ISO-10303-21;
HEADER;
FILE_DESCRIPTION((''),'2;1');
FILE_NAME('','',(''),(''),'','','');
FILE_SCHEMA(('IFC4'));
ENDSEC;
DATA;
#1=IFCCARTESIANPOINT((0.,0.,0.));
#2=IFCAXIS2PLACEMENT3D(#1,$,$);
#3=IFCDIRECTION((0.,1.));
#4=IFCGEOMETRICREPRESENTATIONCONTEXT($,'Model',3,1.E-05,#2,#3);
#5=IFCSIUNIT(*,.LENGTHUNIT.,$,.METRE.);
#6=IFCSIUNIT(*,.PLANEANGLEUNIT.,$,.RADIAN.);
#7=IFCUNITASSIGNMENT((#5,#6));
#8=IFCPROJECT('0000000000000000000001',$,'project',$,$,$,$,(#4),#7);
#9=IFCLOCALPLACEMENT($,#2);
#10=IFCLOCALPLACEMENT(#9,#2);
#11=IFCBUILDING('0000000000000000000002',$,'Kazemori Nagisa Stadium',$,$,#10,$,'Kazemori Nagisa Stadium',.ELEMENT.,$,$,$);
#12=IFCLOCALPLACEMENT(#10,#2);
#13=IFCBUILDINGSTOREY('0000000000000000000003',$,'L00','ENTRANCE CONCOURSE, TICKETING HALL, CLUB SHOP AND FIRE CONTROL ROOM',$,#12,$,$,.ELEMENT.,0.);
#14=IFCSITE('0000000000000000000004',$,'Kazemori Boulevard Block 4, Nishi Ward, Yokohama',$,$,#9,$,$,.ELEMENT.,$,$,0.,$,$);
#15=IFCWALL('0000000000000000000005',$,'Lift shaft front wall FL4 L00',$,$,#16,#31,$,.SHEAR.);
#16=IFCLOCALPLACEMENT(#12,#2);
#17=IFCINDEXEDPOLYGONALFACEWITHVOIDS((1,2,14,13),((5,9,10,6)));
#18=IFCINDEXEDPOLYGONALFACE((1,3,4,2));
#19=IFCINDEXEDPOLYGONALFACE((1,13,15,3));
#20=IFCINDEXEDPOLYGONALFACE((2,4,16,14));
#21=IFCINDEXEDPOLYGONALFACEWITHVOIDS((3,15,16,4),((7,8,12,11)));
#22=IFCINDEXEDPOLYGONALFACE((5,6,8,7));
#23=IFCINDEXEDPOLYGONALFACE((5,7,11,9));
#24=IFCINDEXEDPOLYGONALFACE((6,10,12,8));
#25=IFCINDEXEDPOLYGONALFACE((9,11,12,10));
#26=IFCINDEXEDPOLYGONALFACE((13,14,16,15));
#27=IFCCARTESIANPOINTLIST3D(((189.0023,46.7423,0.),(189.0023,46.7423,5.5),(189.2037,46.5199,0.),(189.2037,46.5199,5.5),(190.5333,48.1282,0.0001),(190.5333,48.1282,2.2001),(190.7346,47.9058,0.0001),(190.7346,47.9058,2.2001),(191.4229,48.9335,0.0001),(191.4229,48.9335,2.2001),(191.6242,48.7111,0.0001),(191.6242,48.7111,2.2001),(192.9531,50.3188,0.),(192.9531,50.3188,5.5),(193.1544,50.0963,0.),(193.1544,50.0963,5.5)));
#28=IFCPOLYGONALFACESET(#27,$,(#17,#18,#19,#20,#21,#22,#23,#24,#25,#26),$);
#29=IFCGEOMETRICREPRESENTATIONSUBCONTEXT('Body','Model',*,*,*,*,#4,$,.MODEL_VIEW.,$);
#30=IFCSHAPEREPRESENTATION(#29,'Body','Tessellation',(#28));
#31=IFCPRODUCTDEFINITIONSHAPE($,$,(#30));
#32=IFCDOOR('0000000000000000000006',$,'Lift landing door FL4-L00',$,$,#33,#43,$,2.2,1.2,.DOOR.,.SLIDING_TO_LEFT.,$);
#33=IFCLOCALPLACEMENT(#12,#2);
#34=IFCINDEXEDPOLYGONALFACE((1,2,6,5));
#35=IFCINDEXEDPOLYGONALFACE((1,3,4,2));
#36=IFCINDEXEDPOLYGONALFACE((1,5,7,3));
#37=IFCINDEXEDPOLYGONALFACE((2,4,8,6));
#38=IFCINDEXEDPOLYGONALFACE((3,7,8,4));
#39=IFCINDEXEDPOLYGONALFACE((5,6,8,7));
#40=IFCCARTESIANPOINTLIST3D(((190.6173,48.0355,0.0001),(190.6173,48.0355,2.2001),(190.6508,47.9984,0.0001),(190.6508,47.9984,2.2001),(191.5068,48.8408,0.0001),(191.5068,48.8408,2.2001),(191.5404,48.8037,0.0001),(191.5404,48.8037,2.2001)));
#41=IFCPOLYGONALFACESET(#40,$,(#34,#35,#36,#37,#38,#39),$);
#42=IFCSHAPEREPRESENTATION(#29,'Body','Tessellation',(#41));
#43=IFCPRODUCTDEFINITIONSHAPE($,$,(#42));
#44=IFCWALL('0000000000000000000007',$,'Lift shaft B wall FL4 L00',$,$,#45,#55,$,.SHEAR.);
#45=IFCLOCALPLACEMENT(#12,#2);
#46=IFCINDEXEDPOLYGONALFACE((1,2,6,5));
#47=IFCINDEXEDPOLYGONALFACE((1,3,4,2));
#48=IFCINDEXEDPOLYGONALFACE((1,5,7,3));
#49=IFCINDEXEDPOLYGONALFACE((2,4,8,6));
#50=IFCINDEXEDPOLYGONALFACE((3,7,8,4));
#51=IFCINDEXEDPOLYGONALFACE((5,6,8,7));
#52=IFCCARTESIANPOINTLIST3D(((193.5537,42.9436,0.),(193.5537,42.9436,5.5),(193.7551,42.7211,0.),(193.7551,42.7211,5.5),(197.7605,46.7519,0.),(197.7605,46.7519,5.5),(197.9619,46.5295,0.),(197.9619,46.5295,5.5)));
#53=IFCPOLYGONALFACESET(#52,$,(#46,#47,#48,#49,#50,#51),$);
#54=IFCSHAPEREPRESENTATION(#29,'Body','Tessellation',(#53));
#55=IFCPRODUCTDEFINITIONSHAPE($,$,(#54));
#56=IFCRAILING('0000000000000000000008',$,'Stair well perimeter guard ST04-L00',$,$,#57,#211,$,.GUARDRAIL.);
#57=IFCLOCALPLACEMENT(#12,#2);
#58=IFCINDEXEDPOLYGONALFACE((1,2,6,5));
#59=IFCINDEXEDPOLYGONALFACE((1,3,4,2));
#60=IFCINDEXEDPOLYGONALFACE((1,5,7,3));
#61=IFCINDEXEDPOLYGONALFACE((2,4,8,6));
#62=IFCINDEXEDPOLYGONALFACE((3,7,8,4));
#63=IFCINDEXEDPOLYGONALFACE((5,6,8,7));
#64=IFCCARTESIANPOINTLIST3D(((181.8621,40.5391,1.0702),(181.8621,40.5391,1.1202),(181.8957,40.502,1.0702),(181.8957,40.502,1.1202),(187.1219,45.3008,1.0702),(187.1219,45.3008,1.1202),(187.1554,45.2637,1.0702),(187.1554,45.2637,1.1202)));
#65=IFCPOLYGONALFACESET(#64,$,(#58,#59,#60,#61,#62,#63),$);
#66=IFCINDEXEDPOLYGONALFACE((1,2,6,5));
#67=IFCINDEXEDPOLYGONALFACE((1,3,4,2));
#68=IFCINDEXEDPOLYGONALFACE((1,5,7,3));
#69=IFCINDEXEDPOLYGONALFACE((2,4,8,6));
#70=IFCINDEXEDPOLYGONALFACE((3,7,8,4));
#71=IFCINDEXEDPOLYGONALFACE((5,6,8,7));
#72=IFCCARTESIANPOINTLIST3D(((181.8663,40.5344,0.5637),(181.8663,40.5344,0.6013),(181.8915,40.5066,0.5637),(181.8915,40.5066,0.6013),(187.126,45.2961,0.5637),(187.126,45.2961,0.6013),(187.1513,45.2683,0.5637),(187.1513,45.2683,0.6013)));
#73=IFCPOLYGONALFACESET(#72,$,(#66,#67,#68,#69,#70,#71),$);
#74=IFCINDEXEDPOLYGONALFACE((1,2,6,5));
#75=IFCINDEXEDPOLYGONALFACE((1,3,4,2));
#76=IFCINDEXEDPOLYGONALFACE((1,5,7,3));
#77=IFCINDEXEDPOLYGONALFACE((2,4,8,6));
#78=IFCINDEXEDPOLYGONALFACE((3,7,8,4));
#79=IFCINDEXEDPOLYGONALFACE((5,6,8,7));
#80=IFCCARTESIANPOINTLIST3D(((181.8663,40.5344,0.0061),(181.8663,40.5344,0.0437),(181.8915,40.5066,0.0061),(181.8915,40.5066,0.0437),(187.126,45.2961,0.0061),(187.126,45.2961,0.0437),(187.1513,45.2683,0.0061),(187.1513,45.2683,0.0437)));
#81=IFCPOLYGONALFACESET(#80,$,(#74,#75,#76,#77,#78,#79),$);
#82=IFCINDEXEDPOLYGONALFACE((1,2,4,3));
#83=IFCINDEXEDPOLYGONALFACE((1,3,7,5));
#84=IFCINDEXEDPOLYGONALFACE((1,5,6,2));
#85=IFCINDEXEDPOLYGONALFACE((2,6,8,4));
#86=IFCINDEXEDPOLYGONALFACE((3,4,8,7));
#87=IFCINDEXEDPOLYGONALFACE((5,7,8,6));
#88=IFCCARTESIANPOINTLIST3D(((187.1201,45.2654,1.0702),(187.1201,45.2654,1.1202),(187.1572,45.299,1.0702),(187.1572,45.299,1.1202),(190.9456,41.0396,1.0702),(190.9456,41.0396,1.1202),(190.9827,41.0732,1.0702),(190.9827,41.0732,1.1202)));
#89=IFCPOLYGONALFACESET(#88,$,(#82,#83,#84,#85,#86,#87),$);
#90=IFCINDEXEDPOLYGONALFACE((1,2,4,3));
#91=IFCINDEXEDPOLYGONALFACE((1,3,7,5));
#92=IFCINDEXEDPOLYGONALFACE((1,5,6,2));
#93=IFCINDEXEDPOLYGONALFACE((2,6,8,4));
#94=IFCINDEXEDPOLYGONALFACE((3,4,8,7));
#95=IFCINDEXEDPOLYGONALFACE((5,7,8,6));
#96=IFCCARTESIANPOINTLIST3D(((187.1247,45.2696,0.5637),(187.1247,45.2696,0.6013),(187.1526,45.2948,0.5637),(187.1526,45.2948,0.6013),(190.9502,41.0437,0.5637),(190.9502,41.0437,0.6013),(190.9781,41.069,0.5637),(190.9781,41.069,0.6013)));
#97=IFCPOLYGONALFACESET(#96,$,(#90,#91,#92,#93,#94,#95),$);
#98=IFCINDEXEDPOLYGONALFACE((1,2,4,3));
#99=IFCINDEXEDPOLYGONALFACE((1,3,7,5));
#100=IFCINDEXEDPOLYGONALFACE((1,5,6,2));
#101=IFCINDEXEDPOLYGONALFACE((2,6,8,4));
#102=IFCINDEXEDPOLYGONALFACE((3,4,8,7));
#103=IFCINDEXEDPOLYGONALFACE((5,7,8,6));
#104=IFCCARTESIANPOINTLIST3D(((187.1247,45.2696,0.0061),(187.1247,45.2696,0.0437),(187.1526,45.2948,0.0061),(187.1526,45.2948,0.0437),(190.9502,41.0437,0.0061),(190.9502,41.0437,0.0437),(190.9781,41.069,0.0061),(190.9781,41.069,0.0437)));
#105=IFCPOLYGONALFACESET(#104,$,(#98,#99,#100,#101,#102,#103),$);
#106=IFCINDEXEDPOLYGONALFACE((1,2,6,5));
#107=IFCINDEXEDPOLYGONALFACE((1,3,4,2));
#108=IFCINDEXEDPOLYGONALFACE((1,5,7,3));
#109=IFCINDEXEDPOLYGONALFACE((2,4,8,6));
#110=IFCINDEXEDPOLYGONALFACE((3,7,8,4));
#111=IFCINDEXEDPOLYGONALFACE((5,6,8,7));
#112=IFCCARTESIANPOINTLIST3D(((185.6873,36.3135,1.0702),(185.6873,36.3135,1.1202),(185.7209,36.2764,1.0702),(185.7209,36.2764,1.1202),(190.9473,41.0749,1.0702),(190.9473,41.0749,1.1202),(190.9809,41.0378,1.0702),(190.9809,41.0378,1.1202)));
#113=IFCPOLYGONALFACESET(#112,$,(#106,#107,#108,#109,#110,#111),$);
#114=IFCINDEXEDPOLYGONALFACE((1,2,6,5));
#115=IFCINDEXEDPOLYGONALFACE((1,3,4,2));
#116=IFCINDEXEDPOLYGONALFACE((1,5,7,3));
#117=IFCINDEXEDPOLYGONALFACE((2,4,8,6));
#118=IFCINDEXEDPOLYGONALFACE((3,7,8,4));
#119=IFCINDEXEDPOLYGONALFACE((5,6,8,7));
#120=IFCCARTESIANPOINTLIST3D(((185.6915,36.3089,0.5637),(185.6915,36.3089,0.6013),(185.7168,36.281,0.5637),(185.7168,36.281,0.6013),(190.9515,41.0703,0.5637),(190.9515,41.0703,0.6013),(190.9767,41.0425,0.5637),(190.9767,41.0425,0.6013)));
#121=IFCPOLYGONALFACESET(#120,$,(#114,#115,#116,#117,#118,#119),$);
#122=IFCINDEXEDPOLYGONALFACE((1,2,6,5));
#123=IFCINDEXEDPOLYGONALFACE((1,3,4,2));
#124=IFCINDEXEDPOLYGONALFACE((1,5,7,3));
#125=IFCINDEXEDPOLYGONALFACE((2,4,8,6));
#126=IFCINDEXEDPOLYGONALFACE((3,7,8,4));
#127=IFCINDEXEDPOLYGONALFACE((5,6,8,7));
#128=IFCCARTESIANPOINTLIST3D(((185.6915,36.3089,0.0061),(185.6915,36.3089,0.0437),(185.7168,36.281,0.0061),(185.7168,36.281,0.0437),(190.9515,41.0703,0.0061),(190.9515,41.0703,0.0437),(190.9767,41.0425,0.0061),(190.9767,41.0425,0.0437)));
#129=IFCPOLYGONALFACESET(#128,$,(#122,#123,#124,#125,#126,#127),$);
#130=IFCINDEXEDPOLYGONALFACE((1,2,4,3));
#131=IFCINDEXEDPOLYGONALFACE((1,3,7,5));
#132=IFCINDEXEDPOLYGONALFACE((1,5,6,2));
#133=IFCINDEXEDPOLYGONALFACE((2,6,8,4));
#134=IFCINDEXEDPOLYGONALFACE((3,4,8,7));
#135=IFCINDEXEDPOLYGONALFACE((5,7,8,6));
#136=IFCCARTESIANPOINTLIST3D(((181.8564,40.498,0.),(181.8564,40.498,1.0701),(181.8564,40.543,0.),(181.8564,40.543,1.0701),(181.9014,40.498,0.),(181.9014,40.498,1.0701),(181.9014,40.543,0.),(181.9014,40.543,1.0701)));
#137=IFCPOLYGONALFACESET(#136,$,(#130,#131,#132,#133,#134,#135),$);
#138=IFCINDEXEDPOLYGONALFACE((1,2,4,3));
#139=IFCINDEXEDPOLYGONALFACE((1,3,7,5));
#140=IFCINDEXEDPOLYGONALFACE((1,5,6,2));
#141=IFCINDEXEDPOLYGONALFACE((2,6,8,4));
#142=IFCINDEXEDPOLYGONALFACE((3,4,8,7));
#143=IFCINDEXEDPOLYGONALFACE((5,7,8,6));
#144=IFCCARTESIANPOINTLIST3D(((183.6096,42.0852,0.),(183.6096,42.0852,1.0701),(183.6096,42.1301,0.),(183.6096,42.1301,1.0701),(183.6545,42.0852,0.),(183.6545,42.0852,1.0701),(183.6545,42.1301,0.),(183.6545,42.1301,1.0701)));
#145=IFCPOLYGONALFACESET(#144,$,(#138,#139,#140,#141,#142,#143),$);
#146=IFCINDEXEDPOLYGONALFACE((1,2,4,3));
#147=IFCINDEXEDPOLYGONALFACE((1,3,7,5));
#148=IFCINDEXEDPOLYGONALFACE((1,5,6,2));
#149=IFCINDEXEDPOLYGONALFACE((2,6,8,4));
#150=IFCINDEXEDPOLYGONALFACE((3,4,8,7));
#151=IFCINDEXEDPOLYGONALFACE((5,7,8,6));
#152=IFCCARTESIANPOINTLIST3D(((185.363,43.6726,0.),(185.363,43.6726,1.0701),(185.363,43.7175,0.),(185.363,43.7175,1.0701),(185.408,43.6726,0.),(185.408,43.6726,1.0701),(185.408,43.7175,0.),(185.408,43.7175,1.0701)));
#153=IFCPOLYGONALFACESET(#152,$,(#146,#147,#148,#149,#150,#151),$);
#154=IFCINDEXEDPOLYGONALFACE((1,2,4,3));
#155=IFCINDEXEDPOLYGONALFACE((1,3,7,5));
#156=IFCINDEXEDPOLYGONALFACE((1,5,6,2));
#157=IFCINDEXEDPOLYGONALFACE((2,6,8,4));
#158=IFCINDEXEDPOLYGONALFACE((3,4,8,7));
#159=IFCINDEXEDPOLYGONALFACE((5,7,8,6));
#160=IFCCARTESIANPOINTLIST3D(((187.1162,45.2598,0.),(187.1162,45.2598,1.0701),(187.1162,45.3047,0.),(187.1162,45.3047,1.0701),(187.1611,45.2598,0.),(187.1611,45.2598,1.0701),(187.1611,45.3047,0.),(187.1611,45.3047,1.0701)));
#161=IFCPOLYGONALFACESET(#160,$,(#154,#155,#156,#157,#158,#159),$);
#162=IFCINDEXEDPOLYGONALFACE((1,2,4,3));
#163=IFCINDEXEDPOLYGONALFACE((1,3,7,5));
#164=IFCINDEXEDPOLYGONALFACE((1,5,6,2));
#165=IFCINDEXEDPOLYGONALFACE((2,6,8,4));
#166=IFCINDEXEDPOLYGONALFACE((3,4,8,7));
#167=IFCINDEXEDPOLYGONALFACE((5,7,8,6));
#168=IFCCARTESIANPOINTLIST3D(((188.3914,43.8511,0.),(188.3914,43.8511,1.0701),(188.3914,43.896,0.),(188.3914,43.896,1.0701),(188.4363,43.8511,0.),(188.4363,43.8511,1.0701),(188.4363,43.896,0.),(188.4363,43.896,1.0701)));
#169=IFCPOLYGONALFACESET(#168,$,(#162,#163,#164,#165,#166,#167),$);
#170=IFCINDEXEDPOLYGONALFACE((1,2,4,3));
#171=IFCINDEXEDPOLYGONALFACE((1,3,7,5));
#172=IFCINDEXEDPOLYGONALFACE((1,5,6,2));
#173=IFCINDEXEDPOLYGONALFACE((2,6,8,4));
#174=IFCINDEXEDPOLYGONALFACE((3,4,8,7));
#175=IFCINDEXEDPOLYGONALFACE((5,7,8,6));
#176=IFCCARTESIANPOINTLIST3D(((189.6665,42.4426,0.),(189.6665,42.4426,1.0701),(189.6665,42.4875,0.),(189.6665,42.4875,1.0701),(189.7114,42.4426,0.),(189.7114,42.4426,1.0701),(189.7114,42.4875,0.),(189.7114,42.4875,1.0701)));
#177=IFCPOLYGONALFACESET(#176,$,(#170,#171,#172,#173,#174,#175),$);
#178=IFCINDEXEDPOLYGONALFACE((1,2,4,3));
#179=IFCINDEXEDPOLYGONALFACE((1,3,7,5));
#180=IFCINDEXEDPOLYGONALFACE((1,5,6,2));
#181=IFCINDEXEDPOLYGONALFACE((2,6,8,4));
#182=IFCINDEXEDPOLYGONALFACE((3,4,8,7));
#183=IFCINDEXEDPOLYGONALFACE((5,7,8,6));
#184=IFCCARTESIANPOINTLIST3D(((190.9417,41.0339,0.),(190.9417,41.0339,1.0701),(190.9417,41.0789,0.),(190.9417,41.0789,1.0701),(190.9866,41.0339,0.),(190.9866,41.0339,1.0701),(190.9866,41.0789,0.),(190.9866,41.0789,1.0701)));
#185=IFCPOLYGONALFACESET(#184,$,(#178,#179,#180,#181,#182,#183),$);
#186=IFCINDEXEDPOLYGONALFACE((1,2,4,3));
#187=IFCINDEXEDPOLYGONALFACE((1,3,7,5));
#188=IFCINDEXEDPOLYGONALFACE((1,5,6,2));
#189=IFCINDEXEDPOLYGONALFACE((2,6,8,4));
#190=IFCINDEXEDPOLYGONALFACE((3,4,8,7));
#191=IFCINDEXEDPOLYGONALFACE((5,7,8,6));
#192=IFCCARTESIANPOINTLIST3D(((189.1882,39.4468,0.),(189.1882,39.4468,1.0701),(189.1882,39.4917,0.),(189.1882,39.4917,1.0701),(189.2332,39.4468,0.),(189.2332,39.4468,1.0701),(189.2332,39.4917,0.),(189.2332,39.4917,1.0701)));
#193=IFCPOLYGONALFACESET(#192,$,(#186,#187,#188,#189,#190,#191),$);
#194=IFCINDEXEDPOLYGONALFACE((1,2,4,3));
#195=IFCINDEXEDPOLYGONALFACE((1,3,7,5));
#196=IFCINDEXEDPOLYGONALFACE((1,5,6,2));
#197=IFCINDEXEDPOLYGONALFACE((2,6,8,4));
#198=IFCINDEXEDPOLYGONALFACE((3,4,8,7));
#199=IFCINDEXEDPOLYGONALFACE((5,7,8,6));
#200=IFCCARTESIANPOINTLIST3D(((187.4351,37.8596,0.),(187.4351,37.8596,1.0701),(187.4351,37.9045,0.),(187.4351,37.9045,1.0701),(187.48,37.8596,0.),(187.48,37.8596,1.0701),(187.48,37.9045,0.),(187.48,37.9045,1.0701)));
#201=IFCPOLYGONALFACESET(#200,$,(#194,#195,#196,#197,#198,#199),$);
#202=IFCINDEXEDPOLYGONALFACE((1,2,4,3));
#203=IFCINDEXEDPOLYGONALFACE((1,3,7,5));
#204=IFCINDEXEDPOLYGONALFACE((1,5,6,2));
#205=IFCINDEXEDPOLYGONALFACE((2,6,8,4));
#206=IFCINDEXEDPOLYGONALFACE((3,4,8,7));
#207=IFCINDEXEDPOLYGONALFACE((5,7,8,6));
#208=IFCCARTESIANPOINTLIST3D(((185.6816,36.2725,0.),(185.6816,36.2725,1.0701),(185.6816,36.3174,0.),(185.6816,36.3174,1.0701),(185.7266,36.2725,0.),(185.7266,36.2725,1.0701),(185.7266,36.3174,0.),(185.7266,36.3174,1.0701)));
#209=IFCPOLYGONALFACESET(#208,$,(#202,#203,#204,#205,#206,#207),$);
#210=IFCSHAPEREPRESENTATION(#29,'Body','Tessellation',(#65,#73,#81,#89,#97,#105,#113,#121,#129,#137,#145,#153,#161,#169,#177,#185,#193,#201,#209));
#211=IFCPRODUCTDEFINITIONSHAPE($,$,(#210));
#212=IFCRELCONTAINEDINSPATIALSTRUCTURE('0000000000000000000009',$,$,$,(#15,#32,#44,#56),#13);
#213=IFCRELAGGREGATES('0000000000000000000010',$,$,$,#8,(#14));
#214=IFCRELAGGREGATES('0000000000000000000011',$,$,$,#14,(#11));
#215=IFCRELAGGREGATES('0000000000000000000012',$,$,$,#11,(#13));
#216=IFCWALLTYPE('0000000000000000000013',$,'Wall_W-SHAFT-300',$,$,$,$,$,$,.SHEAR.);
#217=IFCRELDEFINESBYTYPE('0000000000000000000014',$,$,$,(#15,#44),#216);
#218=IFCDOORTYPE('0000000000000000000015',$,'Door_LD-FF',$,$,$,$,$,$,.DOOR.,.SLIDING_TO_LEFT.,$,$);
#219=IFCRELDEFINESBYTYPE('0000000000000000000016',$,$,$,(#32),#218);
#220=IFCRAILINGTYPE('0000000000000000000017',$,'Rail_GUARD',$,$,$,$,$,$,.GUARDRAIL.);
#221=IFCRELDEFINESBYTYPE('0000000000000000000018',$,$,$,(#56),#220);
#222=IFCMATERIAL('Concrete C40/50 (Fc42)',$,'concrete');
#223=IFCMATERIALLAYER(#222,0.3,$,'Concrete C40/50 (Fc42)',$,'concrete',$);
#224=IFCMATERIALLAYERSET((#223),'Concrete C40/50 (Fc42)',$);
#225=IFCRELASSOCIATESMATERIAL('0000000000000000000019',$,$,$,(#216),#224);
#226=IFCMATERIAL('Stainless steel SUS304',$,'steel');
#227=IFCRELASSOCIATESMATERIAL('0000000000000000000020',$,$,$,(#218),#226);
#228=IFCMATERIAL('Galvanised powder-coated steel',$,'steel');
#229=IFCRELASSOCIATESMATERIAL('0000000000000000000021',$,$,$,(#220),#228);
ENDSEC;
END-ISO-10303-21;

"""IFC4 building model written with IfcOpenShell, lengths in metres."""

from ifc_helpers import new_model, si_unit, direction, frame, frame_2d, origin, origin_2d, place, context, subcontext, project, spatial, rectangle, extrude, material, layer, layer_set, type_object, element, fill, save


model = new_model("IFC4")

# Units and contexts
model_context = context("Model", 3, precision=1e-05, world=origin(), true_north=direction((0.0, 1.0)))
body_context = subcontext(model_context, "Body", "Model", "MODEL_VIEW")
ifc_project = project(units=[si_unit("LENGTHUNIT", "METRE"), si_unit("PLANEANGLEUNIT", "RADIAN")], contexts=[model_context])

# Site, building, storey
site_placement = place(None, origin())
site = spatial("IfcSite", under=ifc_project, at=site_placement, Name="Kazemori Boulevard Block 4, Nishi Ward, Yokohama", CompositionType="ELEMENT", RefElevation=0.0)
building_placement = place(site_placement, origin())
building = spatial("IfcBuilding", under=site, at=building_placement, Name="Kazemori Nagisa Stadium", LongName="Kazemori Nagisa Stadium", CompositionType="ELEMENT")
storey_placement = place(building_placement, origin())
storey = spatial("IfcBuildingStorey", under=building, at=storey_placement, Name="L00", Description="ENTRANCE CONCOURSE, TICKETING HALL, CLUB SHOP AND FIRE CONTROL ROOM", CompositionType="ELEMENT", Elevation=0.0)

# Shared definitions
ifc_material_1 = material(Name="Concrete C40/50 (Fc42)", Category="concrete")

# Wall, opening, door
ifc_layer_1 = layer(ifc_material_1, 0.3, Name="Concrete C40/50 (Fc42)", Category="concrete")
ifc_layer_set_1 = layer_set([ifc_layer_1], Name="Concrete C40/50 (Fc42)")
wall_type_1 = type_object("IfcWallType", Name="Wall_W-SHAFT-300", PredefinedType="SHEAR", material=ifc_layer_set_1)
wall_1_placement = place(storey_placement, frame((189.103, 46.6311, 0.0), z_axis=(0.0, 0.0, 1.0), x_axis=(0.74135, 0.671118, 0.0)))
wall_1 = element("IfcWall", 1, at=wall_1_placement, inside=storey, type_object=wall_type_1, Name="Lift shaft front wall FL4 L00", PredefinedType="SHEAR", context=body_context, shape_type="SweptSolid", body=[
    extrude(rectangle(XDim=5.3291, YDim=0.3, at=frame_2d((2.6646, 0.0))), origin(), (0.0, 0.0, 1.0), 5.5),
])
opening_1_placement = place(wall_1_placement, frame((2.0649, 0.0, 0.0)))
opening_1 = element("IfcOpeningElement", 2, at=opening_1_placement, cuts=wall_1, PredefinedType="OPENING", context=body_context, shape_type="SweptSolid", body=[
    extrude(rectangle(XDim=1.2, YDim=2.2, at=frame_2d((0.6001, 1.1001))), frame((0.0, 0.1599, 0.0), z_axis=(0.0, -1.0, 0.0), x_axis=(1.0, 0.0, 0.0)), (0.0, 0.0, 1.0), 0.3201),
])
ifc_material_2 = material(Name="Stainless steel SUS304", Category="steel")
door_type_1 = type_object("IfcDoorType", Name="Door_LD-FF", OperationType="SLIDING_TO_LEFT", PredefinedType="DOOR", material=ifc_material_2)
door_1_placement = place(opening_1_placement, origin())
door_1 = element("IfcDoor", 3, at=door_1_placement, inside=storey, type_object=door_type_1, Name="Lift landing door FL4-L00", OperationType="SLIDING_TO_LEFT", OverallHeight=2.2, OverallWidth=1.2, PredefinedType="DOOR", context=body_context, shape_type="SweptSolid", body=[
    extrude(rectangle(XDim=1.2, YDim=2.2, at=frame_2d((0.6001, 1.1001))), frame((0.0, 0.0249, 0.0), z_axis=(0.0, -1.0, 0.0), x_axis=(1.0, 0.0, 0.0)), (0.0, 0.0, 1.0), 0.05),
])
fill(opening_1, door_1)

# Wall
wall_2_placement = place(storey_placement, frame((193.6543, 42.8323, 0.0), z_axis=(0.0, 0.0, 1.0), x_axis=(0.741342, 0.671127, 0.0)))
element("IfcWall", 4, at=wall_2_placement, inside=storey, type_object=wall_type_1, Name="Lift shaft B wall FL4 L00", PredefinedType="SHEAR", context=body_context, shape_type="SweptSolid", body=[
    extrude(rectangle(XDim=5.6746, YDim=0.3, at=frame_2d((2.8374, 0.0))), origin(), (0.0, 0.0, 1.0), 5.5),
])

# Railing
ifc_material_3 = material(Name="Galvanised powder-coated steel", Category="steel")
railing_type_1 = type_object("IfcRailingType", Name="Rail_GUARD", PredefinedType="GUARDRAIL", material=ifc_material_3)
railing_1_placement = place(storey_placement, frame((181.8789, 40.5205, 0.0)))
element("IfcRailing", 5, at=railing_1_placement, inside=storey, type_object=railing_type_1, Name="Stair well perimeter guard ST04-L00", PredefinedType="GUARDRAIL", context=body_context, shape_type="SweptSolid", body=[
    extrude(rectangle(XDim=0.05, YDim=0.05, at=origin_2d()), frame((0.0, 0.0, 1.0952), z_axis=(0.741334, 0.671137, 0.0), x_axis=(-0.671137, 0.741334, 0.0)), (0.0, 0.0, 1.0), 7.095),
    extrude(rectangle(XDim=0.0376, YDim=0.0376, at=origin_2d()), frame((0.0, 0.0, 0.5825), z_axis=(0.741334, 0.671137, 0.0), x_axis=(-0.671137, 0.741334, 0.0)), (0.0, 0.0, 1.0), 7.095),
    extrude(rectangle(XDim=0.0376, YDim=0.0376, at=origin_2d()), frame((0.0, 0.0, 0.0249), z_axis=(0.741334, 0.671137, 0.0), x_axis=(-0.671137, 0.741334, 0.0)), (0.0, 0.0, 1.0), 7.095),
    extrude(rectangle(XDim=0.05, YDim=0.05, at=origin_2d()), frame((5.2598, 4.7617, 1.0952), z_axis=(0.671113, -0.741355, 0.0), x_axis=(0.741355, 0.671113, 0.0)), (0.0, 0.0, 1.0), 5.7002),
    extrude(rectangle(XDim=0.0376, YDim=0.0376, at=origin_2d()), frame((5.2598, 4.7617, 0.5825), z_axis=(0.671113, -0.741355, 0.0), x_axis=(0.741355, 0.671113, 0.0)), (0.0, 0.0, 1.0), 5.7002),
    extrude(rectangle(XDim=0.0376, YDim=0.0376, at=origin_2d()), frame((5.2598, 4.7617, 0.0249), z_axis=(0.671113, -0.741355, 0.0), x_axis=(0.741355, 0.671113, 0.0)), (0.0, 0.0, 1.0), 5.7002),
    extrude(rectangle(XDim=0.05, YDim=0.05, at=origin_2d()), frame((9.0852, 0.5359, 1.0952), z_axis=(-0.741366, -0.671101, 0.0), x_axis=(0.671101, -0.741366, 0.0)), (0.0, 0.0, 1.0), 7.095),
    extrude(rectangle(XDim=0.0376, YDim=0.0376, at=origin_2d()), frame((9.0852, 0.5359, 0.5825), z_axis=(-0.741366, -0.671101, 0.0), x_axis=(0.671101, -0.741366, 0.0)), (0.0, 0.0, 1.0), 7.095),
    extrude(rectangle(XDim=0.0376, YDim=0.0376, at=origin_2d()), frame((9.0852, 0.5359, 0.0249), z_axis=(-0.741366, -0.671101, 0.0), x_axis=(0.671101, -0.741366, 0.0)), (0.0, 0.0, 1.0), 7.095),
    extrude(rectangle(XDim=0.0449, YDim=0.0449, at=origin_2d()), origin(), (0.0, 0.0, 1.0), 1.0701),
    extrude(rectangle(XDim=0.0449, YDim=0.0449, at=origin_2d()), frame((1.7532, 1.5872, 0.0)), (0.0, 0.0, 1.0), 1.0701),
    extrude(rectangle(XDim=0.0449, YDim=0.0449, at=origin_2d()), frame((3.5066, 3.1746, 0.0)), (0.0, 0.0, 1.0), 1.0701),
    extrude(rectangle(XDim=0.0449, YDim=0.0449, at=origin_2d()), frame((5.2598, 4.7617, 0.0)), (0.0, 0.0, 1.0), 1.0701),
    extrude(rectangle(XDim=0.0449, YDim=0.0449, at=origin_2d()), frame((6.5349, 3.353, 0.0)), (0.0, 0.0, 1.0), 1.0701),
    extrude(rectangle(XDim=0.0449, YDim=0.0449, at=origin_2d()), frame((7.8101, 1.9446, 0.0)), (0.0, 0.0, 1.0), 1.0701),
    extrude(rectangle(XDim=0.0449, YDim=0.0449, at=origin_2d()), frame((9.0852, 0.5359, 0.0)), (0.0, 0.0, 1.0), 1.0701),
    extrude(rectangle(XDim=0.0449, YDim=0.0449, at=origin_2d()), frame((7.3318, -1.0513, 0.0)), (0.0, 0.0, 1.0), 1.0701),
    extrude(rectangle(XDim=0.0449, YDim=0.0449, at=origin_2d()), frame((5.5786, -2.6384, 0.0)), (0.0, 0.0, 1.0), 1.0701),
    extrude(rectangle(XDim=0.0449, YDim=0.0449, at=origin_2d()), frame((3.8252, -4.2256, 0.0)), (0.0, 0.0, 1.0), 1.0701),
])

save(model, "model.ifc")
